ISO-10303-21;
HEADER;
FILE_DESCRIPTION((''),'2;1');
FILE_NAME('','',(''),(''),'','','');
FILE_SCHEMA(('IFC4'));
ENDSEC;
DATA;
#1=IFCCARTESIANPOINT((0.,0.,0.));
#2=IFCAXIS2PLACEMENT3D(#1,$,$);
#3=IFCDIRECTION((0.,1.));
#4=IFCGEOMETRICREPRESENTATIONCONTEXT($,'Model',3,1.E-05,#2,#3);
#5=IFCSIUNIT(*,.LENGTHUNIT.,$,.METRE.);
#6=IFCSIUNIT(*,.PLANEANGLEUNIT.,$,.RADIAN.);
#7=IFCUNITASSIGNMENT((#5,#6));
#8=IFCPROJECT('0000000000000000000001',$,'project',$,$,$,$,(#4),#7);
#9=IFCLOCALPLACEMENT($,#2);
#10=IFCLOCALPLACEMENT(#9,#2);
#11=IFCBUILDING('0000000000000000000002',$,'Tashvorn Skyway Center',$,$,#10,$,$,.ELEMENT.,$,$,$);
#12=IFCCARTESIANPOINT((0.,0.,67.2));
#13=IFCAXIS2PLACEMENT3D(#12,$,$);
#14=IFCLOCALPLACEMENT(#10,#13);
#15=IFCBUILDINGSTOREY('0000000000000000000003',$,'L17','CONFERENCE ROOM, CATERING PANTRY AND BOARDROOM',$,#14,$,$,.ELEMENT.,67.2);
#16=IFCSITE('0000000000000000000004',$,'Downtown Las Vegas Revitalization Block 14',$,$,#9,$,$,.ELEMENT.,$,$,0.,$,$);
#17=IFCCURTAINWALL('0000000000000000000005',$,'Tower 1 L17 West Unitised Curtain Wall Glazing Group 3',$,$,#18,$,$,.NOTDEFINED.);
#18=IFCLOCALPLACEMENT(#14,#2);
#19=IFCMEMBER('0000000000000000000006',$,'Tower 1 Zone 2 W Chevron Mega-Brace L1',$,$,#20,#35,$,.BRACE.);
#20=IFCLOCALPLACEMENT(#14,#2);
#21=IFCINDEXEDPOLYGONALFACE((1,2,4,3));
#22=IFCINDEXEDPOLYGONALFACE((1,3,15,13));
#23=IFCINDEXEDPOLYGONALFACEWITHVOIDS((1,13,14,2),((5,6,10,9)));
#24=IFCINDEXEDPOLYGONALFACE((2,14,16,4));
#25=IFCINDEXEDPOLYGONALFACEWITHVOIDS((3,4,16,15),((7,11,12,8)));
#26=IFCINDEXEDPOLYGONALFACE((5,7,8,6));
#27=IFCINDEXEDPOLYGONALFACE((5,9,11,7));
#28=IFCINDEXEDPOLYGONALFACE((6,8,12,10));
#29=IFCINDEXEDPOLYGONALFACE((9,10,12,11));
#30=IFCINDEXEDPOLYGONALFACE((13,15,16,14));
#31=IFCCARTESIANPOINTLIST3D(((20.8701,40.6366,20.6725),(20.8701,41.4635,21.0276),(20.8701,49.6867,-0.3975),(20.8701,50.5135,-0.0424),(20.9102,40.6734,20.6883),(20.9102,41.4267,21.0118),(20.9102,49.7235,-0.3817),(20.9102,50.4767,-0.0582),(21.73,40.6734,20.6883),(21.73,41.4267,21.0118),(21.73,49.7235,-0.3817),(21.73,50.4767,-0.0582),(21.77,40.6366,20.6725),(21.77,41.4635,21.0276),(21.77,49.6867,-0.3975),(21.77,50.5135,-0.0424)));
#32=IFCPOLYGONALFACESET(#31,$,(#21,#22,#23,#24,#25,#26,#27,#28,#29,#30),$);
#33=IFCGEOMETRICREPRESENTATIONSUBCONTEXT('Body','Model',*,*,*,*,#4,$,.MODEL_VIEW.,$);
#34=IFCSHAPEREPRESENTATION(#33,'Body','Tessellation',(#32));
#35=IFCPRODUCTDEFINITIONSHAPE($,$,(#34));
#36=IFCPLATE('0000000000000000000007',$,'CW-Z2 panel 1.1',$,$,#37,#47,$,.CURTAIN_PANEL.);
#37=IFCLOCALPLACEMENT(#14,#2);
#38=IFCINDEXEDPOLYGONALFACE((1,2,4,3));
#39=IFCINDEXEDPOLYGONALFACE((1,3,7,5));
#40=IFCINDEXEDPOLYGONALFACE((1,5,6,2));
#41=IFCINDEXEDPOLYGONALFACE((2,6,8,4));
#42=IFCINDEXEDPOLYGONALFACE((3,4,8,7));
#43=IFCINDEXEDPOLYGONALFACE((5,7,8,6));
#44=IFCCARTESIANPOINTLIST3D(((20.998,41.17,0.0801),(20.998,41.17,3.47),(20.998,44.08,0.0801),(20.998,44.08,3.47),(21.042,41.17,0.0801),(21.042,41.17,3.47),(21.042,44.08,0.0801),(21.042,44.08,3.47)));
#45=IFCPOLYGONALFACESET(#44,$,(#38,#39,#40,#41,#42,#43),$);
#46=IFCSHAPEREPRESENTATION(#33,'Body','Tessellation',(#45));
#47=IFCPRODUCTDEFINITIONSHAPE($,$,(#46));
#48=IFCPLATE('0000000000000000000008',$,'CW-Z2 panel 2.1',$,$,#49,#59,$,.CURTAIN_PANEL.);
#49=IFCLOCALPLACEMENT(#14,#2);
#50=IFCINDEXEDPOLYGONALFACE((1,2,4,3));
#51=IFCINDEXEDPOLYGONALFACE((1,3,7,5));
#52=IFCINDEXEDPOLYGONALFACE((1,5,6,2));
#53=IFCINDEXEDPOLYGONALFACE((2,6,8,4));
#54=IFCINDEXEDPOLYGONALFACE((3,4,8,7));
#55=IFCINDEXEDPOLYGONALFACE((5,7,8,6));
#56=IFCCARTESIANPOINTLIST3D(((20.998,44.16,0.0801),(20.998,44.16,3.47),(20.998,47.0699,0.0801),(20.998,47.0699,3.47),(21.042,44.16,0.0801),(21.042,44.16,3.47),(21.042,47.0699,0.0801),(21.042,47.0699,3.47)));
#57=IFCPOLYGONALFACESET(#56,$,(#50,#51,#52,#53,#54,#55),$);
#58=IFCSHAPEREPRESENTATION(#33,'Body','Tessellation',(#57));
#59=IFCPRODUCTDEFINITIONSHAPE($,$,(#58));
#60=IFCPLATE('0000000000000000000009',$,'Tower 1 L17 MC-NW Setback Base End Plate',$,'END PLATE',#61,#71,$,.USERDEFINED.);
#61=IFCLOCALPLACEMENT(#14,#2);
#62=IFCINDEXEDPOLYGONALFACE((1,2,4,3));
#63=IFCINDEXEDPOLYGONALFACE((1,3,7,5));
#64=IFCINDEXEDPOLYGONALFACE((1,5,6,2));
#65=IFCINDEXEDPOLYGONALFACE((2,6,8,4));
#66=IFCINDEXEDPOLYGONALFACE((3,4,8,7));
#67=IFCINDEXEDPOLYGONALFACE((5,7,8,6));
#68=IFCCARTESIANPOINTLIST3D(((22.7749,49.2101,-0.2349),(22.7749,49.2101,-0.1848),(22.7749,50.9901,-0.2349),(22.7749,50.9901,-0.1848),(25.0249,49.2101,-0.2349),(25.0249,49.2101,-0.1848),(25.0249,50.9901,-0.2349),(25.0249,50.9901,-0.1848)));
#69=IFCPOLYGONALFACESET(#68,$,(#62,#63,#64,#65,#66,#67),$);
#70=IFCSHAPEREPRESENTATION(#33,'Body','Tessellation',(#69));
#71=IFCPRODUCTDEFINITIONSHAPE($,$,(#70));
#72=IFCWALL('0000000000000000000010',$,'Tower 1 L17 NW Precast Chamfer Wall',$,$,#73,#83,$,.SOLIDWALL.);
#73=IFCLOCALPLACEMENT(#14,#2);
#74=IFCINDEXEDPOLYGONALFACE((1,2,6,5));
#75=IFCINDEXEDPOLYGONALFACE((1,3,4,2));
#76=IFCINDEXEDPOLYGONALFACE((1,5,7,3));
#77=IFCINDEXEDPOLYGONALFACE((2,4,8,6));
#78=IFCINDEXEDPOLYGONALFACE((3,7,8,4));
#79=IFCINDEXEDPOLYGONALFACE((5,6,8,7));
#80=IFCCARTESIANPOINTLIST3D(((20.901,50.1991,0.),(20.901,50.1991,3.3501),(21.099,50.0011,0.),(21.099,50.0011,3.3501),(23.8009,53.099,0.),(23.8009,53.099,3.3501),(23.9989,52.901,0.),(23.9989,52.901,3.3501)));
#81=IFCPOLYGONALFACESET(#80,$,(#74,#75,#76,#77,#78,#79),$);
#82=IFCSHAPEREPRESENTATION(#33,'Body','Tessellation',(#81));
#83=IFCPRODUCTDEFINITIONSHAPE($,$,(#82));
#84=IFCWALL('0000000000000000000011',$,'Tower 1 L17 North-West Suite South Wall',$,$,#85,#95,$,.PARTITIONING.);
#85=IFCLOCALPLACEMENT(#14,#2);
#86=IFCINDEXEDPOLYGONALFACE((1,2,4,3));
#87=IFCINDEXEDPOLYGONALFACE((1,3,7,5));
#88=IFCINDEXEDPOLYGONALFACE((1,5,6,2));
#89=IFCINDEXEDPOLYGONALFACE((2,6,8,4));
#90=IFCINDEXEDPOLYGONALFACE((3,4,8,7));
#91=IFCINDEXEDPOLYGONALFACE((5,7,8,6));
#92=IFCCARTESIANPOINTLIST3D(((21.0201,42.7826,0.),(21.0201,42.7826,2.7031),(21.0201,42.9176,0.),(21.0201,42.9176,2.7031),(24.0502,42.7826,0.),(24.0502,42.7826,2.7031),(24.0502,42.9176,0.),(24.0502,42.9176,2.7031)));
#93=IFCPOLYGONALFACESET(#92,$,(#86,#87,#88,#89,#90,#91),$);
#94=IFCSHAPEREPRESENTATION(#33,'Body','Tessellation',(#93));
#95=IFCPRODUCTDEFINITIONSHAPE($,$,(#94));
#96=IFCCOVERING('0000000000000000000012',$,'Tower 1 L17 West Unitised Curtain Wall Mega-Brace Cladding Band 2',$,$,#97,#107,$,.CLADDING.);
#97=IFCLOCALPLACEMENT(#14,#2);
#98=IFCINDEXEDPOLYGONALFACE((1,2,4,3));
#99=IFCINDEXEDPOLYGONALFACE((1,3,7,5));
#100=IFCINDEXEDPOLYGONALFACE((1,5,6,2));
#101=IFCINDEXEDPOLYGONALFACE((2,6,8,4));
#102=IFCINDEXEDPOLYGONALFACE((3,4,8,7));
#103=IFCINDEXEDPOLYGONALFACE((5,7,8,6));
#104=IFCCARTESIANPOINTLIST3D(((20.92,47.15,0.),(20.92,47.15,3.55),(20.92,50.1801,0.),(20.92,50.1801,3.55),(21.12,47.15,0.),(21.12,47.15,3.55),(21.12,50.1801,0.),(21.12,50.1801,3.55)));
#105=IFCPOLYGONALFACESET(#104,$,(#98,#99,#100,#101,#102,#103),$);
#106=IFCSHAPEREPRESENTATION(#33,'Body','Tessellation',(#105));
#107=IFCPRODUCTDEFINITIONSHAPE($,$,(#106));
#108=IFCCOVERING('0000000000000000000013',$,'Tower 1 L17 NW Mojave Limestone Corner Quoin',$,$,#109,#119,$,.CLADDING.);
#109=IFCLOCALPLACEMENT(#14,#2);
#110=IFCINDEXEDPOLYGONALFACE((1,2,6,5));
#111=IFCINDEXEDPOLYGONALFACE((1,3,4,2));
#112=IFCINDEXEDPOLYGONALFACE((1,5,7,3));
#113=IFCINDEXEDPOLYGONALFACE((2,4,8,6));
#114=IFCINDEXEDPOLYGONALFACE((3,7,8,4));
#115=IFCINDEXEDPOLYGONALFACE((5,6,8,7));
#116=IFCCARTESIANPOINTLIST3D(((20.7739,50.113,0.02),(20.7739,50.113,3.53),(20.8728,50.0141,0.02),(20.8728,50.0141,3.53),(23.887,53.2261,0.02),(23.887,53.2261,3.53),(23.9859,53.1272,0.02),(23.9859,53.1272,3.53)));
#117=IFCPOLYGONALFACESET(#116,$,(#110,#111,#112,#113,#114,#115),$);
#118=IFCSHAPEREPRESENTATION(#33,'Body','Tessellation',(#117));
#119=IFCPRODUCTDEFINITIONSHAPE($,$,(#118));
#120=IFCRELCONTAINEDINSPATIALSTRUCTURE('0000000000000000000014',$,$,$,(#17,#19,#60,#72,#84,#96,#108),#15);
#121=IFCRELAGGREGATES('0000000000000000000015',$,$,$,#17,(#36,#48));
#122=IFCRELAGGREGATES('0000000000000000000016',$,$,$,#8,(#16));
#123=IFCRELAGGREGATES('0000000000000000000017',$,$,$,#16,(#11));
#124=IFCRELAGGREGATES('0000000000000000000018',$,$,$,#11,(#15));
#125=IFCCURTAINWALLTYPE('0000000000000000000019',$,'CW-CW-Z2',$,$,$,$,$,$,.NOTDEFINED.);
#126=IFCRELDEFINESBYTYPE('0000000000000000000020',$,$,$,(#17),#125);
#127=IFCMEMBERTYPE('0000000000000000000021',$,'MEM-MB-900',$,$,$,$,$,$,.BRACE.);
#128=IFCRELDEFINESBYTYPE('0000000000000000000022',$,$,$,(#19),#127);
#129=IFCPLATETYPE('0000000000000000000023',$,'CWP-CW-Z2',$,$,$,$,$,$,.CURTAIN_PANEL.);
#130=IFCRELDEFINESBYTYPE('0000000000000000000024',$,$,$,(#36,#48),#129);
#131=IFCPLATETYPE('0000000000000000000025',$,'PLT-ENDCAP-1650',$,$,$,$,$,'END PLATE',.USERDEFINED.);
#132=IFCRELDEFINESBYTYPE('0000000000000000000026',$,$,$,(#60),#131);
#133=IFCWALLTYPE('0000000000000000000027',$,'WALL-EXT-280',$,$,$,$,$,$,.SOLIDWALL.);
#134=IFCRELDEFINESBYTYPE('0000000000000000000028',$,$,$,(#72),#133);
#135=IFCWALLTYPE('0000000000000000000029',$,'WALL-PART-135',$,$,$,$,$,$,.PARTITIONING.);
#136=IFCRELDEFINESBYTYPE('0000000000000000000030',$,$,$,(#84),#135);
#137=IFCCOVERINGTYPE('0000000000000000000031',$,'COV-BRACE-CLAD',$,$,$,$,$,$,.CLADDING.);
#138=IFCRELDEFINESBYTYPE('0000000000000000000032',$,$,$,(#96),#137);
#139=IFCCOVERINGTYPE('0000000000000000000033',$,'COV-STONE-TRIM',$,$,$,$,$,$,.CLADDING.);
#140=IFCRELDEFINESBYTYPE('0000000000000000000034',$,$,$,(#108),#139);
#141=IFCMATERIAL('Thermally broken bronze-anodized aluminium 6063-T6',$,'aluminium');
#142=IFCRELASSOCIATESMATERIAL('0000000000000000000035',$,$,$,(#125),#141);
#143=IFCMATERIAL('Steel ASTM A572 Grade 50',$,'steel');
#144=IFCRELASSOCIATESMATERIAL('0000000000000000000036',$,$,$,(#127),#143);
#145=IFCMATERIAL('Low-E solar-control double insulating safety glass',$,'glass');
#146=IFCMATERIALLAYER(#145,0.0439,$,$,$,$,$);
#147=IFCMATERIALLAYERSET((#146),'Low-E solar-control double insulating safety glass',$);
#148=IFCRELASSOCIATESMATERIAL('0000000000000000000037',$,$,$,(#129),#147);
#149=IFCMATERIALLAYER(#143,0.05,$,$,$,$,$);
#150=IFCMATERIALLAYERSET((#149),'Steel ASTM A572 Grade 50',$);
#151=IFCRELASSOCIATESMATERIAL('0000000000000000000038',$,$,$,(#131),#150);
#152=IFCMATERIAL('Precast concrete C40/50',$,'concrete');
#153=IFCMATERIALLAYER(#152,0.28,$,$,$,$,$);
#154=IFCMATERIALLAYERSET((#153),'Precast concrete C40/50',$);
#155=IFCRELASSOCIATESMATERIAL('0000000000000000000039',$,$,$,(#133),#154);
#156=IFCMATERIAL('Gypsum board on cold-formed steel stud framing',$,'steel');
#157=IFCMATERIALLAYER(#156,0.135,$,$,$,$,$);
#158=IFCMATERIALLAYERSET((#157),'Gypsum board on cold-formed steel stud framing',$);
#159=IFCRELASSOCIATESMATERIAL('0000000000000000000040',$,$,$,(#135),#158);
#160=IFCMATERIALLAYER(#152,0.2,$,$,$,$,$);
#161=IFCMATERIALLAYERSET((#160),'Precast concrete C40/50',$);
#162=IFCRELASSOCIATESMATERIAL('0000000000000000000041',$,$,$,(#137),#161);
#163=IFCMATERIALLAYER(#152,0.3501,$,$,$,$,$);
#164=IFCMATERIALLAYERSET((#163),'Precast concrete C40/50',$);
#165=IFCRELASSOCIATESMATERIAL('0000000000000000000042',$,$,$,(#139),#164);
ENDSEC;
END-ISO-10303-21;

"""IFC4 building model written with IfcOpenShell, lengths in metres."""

from ifc_helpers import new_model, si_unit, direction, frame, frame_2d, origin, origin_2d, place, context, subcontext, project, spatial, rectangle, hollow_rectangle, extrude, material, layer, layer_set, material_profile, profile_set, type_object, element, aggregate, save


model = new_model("IFC4")

# Units and contexts
model_context = context("Model", 3, precision=1e-05, world=origin(), true_north=direction((0.0, 1.0)))
body_context = subcontext(model_context, "Body", "Model", "MODEL_VIEW")
ifc_project = project(units=[si_unit("LENGTHUNIT", "METRE"), si_unit("PLANEANGLEUNIT", "RADIAN")], contexts=[model_context])

# Site, building, storey
site_placement = place(None, origin())
site = spatial("IfcSite", under=ifc_project, at=site_placement, Name="Downtown Las Vegas Revitalization Block 14", CompositionType="ELEMENT", RefElevation=0.0)
building_placement = place(site_placement, origin())
building = spatial("IfcBuilding", under=site, at=building_placement, Name="Tashvorn Skyway Center", CompositionType="ELEMENT")
storey_placement = place(building_placement, frame((0.0, 0.0, 67.2)))
storey = spatial("IfcBuildingStorey", under=building, at=storey_placement, Name="L17", Description="CONFERENCE ROOM, CATERING PANTRY AND BOARDROOM", CompositionType="ELEMENT", Elevation=67.2)

# Shared definitions
ifc_material_1 = material(Name="Steel ASTM A572 Grade 50", Category="steel")

# Shared definitions
ifc_material_2 = material(Name="Thermally broken bronze-anodized aluminium 6063-T6", Category="aluminium")
curtain_wall_type = type_object("IfcCurtainWallType", Name="CW-CW-Z2", PredefinedType="NOTDEFINED", material=ifc_material_2)

# Curtain wall
curtain_wall_1_placement = place(storey_placement, origin())
curtain_wall_1 = element("IfcCurtainWall", 1, at=curtain_wall_1_placement, inside=storey, type_object=curtain_wall_type, Name="Tower 1 L17 West Unitised Curtain Wall Glazing Group 3", PredefinedType="NOTDEFINED")

# Member
ifc_material_profile_1 = material_profile(ifc_material_1, hollow_rectangle(XDim=0.8999, YDim=0.8999, WallThickness=0.04, at=origin_2d()), Name="BOX900x900x40")
ifc_profile_set_1 = profile_set([ifc_material_profile_1], Name="Steel ASTM A572 Grade 50")
member_type_1 = type_object("IfcMemberType", Name="MEM-MB-900", PredefinedType="BRACE", material=ifc_profile_set_1)
member_1_placement = place(storey_placement, frame((21.3201, 50.1001, -0.22), z_axis=(0.0, -0.394657, 0.918829), x_axis=(1.0, 0.0, 0.0)))
element("IfcMember", 2, at=member_1_placement, inside=storey, type_object=member_type_1, Name="Tower 1 Zone 2 W Chevron Mega-Brace L1", PredefinedType="BRACE", context=body_context, shape_type="SweptSolid", body=[
    extrude(hollow_rectangle(XDim=0.8999, YDim=0.8999, WallThickness=0.04, at=origin_2d()), origin(), (0.0, 0.0, 1.0), 22.9314),
])

# Plates
ifc_material_3 = material(Name="Low-E solar-control double insulating safety glass", Category="glass")
ifc_layer_1 = layer(ifc_material_3, 0.0439)
ifc_layer_set_1 = layer_set([ifc_layer_1], Name="Low-E solar-control double insulating safety glass")
plate_type_1 = type_object("IfcPlateType", Name="CWP-CW-Z2", PredefinedType="CURTAIN_PANEL", material=ifc_layer_set_1)
plate_1_placement = place(storey_placement, frame((21.02, 42.625, 0.0801), z_axis=(0.0, 0.0, 1.0), x_axis=(0.0, 1.0, 0.0)))
plate_1 = element("IfcPlate", 3, at=plate_1_placement, type_object=plate_type_1, Name="CW-Z2 panel 1.1", PredefinedType="CURTAIN_PANEL", context=body_context, shape_type="SweptSolid", body=[
    extrude(rectangle(XDim=2.9099, YDim=0.0439, at=origin_2d()), origin(), (0.0, 0.0, 1.0), 3.3899),
])
plate_2_placement = place(storey_placement, frame((21.02, 45.615, 0.0801), z_axis=(0.0, 0.0, 1.0), x_axis=(0.0, 1.0, 0.0)))
plate_2 = element("IfcPlate", 4, at=plate_2_placement, type_object=plate_type_1, Name="CW-Z2 panel 2.1", PredefinedType="CURTAIN_PANEL", context=body_context, shape_type="SweptSolid", body=[
    extrude(rectangle(XDim=2.9099, YDim=0.0439, at=origin_2d()), origin(), (0.0, 0.0, 1.0), 3.3899),
])
aggregate(curtain_wall_1, [plate_1, plate_2])
ifc_layer_2 = layer(ifc_material_1, 0.05)
ifc_layer_set_2 = layer_set([ifc_layer_2], Name="Steel ASTM A572 Grade 50")
plate_type_2 = type_object("IfcPlateType", Name="PLT-ENDCAP-1650", ElementType="END PLATE", PredefinedType="USERDEFINED", material=ifc_layer_set_2)
plate_3_placement = place(storey_placement, frame((23.8999, 50.1001, -0.2349), z_axis=(0.0, 0.0, 1.0), x_axis=(1.0, 0.0, 0.0)))
element("IfcPlate", 5, at=plate_3_placement, inside=storey, type_object=plate_type_2, Name="Tower 1 L17 MC-NW Setback Base End Plate", ObjectType="END PLATE", PredefinedType="USERDEFINED", context=body_context, shape_type="SweptSolid", body=[
    extrude(rectangle(XDim=2.25, YDim=1.78, at=origin_2d()), origin(), (0.0, 0.0, 1.0), 0.05),
])

# Walls
ifc_material_4 = material(Name="Precast concrete C40/50", Category="concrete")
ifc_layer_3 = layer(ifc_material_4, 0.28)
ifc_layer_set_3 = layer_set([ifc_layer_3], Name="Precast concrete C40/50")
wall_type_1 = type_object("IfcWallType", Name="WALL-EXT-280", PredefinedType="SOLIDWALL", material=ifc_layer_set_3)
wall_1_placement = place(storey_placement, frame((21.0, 50.1001, 0.0), z_axis=(0.0, 0.0, 1.0), x_axis=(0.707107, 0.707107, 0.0)))
element("IfcWall", 6, at=wall_1_placement, inside=storey, type_object=wall_type_1, Name="Tower 1 L17 NW Precast Chamfer Wall", PredefinedType="SOLIDWALL", context=body_context, shape_type="SweptSolid", body=[
    extrude(rectangle(XDim=4.1011, YDim=0.28, at=frame_2d((2.0505, 0.0))), origin(), (0.0, 0.0, 1.0), 3.3501),
])
ifc_material_5 = material(Name="Gypsum board on cold-formed steel stud framing", Category="steel")
ifc_layer_4 = layer(ifc_material_5, 0.135)
ifc_layer_set_4 = layer_set([ifc_layer_4], Name="Gypsum board on cold-formed steel stud framing")
wall_type_2 = type_object("IfcWallType", Name="WALL-PART-135", PredefinedType="PARTITIONING", material=ifc_layer_set_4)
wall_2_placement = place(storey_placement, frame((21.02, 42.8501, 0.0), z_axis=(0.0, 0.0, 1.0), x_axis=(1.0, 0.0, 0.0)))
element("IfcWall", 7, at=wall_2_placement, inside=storey, type_object=wall_type_2, Name="Tower 1 L17 North-West Suite South Wall", PredefinedType="PARTITIONING", context=body_context, shape_type="SweptSolid", body=[
    extrude(rectangle(XDim=3.03, YDim=0.135, at=frame_2d((1.5151, 0.0))), origin(), (0.0, 0.0, 1.0), 2.7031),
])

# Coverings
ifc_layer_5 = layer(ifc_material_4, 0.2)
ifc_layer_set_5 = layer_set([ifc_layer_5], Name="Precast concrete C40/50")
covering_type_1 = type_object("IfcCoveringType", Name="COV-BRACE-CLAD", PredefinedType="CLADDING", material=ifc_layer_set_5)
covering_1_placement = place(storey_placement, frame((21.02, 48.665, 0.0), z_axis=(0.0, 0.0, 1.0), x_axis=(0.0, 1.0, 0.0)))
element("IfcCovering", 8, at=covering_1_placement, inside=storey, type_object=covering_type_1, Name="Tower 1 L17 West Unitised Curtain Wall Mega-Brace Cladding Band 2", PredefinedType="CLADDING", context=body_context, shape_type="SweptSolid", body=[
    extrude(rectangle(XDim=3.03, YDim=0.2, at=origin_2d()), origin(), (0.0, 0.0, 1.0), 3.55),
])
ifc_layer_6 = layer(ifc_material_4, 0.3501)
ifc_layer_set_6 = layer_set([ifc_layer_6], Name="Precast concrete C40/50")
covering_type_2 = type_object("IfcCoveringType", Name="COV-STONE-TRIM", PredefinedType="CLADDING", material=ifc_layer_set_6)
covering_2_placement = place(storey_placement, frame((22.3799, 51.6201, 0.02), z_axis=(0.0, 0.0, 1.0), x_axis=(-0.707107, -0.707107, 0.0)))
element("IfcCovering", 9, at=covering_2_placement, inside=storey, type_object=covering_type_2, Name="Tower 1 L17 NW Mojave Limestone Corner Quoin", PredefinedType="CLADDING", context=body_context, shape_type="SweptSolid", body=[
    extrude(rectangle(XDim=4.4026, YDim=0.1399, at=origin_2d()), origin(), (0.0, 0.0, 1.0), 3.51),
])

save(model, "model.ifc")
